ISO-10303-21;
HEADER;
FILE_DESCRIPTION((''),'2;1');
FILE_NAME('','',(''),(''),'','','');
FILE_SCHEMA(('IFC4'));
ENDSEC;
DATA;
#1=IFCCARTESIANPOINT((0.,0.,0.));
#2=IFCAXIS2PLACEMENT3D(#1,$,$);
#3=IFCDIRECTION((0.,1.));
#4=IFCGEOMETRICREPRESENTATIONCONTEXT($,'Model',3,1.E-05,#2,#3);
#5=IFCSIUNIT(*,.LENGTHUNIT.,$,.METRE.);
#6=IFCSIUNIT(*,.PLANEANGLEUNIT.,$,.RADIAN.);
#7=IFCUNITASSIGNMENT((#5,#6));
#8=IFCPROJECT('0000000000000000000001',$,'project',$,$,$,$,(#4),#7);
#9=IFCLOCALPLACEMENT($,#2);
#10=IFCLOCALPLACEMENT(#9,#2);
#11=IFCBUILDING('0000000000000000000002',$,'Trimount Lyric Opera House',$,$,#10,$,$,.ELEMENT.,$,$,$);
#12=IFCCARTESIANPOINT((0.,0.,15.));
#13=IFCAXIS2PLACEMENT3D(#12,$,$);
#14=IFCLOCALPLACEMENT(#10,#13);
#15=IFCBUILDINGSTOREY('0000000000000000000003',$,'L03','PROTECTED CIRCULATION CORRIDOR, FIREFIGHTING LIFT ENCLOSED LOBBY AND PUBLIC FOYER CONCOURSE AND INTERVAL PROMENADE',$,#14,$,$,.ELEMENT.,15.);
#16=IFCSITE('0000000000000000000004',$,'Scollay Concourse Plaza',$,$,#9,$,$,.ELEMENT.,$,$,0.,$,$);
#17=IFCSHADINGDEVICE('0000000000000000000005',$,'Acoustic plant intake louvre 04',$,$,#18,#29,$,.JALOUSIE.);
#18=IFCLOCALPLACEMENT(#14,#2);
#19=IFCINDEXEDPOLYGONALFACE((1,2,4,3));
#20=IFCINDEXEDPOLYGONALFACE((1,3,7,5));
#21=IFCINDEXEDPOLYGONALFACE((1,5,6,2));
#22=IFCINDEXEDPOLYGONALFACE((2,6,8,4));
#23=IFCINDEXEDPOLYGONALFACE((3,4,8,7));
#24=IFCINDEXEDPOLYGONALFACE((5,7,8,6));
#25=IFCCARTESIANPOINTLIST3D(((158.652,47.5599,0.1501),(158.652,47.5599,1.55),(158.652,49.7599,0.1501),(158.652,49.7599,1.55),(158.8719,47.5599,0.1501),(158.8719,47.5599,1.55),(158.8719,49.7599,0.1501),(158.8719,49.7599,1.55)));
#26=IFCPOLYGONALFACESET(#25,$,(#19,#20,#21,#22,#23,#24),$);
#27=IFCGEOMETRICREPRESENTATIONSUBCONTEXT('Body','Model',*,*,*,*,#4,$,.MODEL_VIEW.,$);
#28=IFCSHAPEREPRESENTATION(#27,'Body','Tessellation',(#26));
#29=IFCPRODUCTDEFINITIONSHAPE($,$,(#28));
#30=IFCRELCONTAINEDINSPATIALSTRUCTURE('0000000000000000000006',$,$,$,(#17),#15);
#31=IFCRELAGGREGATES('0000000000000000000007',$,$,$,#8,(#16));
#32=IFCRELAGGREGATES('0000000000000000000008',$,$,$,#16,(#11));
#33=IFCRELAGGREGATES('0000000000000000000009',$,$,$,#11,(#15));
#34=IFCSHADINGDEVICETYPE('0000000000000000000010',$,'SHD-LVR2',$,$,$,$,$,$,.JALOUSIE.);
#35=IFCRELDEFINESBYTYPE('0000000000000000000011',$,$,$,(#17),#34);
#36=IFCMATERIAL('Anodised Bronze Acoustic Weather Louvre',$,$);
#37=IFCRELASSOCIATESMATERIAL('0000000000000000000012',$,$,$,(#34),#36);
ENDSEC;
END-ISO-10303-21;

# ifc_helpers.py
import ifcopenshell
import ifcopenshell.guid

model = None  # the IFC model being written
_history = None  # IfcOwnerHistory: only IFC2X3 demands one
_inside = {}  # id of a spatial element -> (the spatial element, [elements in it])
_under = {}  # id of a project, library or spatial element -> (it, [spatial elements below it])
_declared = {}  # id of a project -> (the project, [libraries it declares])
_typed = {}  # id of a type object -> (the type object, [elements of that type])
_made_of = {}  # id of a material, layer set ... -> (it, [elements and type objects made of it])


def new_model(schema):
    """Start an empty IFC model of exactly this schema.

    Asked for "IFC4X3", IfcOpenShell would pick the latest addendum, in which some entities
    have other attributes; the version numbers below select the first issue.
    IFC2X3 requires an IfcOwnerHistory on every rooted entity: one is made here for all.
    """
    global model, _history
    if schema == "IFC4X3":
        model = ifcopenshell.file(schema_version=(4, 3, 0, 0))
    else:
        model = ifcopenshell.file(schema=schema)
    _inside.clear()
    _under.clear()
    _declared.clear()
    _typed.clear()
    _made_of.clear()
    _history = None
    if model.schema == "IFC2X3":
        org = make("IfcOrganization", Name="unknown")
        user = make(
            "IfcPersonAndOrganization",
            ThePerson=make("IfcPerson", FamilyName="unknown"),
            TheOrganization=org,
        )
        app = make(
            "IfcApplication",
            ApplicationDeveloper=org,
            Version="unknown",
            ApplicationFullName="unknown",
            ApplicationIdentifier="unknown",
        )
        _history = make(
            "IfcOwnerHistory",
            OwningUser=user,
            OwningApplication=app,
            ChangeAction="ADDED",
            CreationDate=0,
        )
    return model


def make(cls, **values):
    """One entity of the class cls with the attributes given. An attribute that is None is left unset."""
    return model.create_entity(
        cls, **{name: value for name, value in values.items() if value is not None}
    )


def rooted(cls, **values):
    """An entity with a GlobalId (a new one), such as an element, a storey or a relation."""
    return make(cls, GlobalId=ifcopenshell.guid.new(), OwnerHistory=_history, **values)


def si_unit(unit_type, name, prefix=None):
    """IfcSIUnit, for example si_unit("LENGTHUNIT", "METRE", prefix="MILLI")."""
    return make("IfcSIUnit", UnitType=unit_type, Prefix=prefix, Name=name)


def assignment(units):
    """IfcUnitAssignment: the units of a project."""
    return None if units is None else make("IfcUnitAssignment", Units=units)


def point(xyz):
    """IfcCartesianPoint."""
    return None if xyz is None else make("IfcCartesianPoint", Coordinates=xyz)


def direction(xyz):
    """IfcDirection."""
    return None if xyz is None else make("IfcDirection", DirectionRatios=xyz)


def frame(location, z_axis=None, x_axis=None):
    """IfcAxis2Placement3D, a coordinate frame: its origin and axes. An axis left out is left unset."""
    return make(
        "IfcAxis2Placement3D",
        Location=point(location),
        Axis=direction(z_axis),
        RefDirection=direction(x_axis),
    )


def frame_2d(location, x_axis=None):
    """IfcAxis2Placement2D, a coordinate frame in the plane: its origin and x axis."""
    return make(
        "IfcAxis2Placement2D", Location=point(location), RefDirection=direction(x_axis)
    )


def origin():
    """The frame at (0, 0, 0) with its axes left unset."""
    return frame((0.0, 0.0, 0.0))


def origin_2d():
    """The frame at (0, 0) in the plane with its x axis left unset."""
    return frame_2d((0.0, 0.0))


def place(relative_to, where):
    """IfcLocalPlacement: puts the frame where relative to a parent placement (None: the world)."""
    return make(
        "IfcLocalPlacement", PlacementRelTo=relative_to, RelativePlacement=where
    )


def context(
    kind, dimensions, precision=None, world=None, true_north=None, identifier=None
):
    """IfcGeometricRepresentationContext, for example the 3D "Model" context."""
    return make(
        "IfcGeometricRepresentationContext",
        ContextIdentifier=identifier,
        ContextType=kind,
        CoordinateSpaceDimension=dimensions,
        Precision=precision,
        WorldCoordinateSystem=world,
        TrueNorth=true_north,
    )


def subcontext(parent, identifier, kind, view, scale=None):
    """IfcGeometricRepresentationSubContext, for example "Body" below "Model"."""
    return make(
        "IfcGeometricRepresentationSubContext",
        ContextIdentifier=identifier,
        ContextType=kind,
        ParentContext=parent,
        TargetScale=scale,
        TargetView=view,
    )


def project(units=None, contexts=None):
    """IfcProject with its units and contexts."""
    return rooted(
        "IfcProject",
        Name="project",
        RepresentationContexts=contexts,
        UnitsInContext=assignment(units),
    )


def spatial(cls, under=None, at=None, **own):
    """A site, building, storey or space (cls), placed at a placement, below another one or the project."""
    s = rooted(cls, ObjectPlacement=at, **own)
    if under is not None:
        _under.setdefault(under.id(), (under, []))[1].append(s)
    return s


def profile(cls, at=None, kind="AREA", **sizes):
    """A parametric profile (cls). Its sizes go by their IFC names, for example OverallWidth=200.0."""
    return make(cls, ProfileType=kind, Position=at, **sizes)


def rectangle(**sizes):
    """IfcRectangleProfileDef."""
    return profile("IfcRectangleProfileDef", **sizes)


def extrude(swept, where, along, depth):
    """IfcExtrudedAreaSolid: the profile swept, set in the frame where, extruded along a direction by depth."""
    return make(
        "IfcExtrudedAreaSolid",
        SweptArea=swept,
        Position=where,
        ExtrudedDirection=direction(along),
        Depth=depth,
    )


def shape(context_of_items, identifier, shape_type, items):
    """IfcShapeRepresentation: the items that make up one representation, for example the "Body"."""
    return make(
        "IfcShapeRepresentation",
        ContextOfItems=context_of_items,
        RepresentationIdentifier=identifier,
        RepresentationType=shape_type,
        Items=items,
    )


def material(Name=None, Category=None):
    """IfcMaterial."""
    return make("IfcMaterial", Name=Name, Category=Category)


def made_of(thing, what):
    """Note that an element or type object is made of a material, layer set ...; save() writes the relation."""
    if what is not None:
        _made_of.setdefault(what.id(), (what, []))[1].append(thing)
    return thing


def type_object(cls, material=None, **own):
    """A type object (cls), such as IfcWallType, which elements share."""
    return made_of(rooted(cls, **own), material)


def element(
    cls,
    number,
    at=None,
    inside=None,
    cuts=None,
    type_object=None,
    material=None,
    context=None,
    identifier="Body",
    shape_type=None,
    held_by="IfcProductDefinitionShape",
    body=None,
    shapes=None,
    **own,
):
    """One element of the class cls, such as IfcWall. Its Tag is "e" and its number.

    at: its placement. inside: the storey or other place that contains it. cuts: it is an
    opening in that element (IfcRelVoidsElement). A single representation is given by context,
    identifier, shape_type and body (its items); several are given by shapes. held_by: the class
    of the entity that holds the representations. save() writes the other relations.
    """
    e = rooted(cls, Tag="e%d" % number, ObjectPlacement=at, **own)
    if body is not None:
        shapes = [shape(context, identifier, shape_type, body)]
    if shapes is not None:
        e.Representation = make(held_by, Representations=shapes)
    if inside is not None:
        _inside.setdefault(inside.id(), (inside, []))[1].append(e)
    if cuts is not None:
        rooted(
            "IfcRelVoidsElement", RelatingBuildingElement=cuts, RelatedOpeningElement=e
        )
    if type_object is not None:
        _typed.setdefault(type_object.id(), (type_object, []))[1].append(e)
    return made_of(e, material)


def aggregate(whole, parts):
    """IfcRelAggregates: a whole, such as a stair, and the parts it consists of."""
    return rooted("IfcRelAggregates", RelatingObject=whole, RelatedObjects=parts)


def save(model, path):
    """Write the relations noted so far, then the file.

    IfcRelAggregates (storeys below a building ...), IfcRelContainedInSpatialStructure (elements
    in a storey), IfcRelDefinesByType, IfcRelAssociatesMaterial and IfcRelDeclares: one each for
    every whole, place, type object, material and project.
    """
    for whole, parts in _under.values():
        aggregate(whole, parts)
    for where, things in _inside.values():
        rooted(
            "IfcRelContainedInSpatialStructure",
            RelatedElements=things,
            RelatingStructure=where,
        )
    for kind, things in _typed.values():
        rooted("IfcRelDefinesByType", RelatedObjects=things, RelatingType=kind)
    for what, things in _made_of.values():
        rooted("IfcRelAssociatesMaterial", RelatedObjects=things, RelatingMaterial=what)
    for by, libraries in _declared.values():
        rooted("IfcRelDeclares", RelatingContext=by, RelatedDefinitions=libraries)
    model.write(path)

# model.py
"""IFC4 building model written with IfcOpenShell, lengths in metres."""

from ifc_helpers import new_model, si_unit, direction, frame, origin, origin_2d, place, context, subcontext, project, spatial, rectangle, extrude, material, type_object, element, save


model = new_model("IFC4")

# Units and contexts
model_context = context("Model", 3, precision=1e-05, world=origin(), true_north=direction((0.0, 1.0)))
body_context = subcontext(model_context, "Body", "Model", "MODEL_VIEW")
ifc_project = project(units=[si_unit("LENGTHUNIT", "METRE"), si_unit("PLANEANGLEUNIT", "RADIAN")], contexts=[model_context])

# Site, building, storey
site_placement = place(None, origin())
site = spatial("IfcSite", under=ifc_project, at=site_placement, Name="Scollay Concourse Plaza", CompositionType="ELEMENT", RefElevation=0.0)
building_placement = place(site_placement, origin())
building = spatial("IfcBuilding", under=site, at=building_placement, Name="Trimount Lyric Opera House", CompositionType="ELEMENT")
storey_placement = place(building_placement, frame((0.0, 0.0, 15.0)))
storey = spatial("IfcBuildingStorey", under=building, at=storey_placement, Name="L03", Description="PROTECTED CIRCULATION CORRIDOR, FIREFIGHTING LIFT ENCLOSED LOBBY AND PUBLIC FOYER CONCOURSE AND INTERVAL PROMENADE", CompositionType="ELEMENT", Elevation=15.0)

# Shading device
ifc_material_1 = material(Name="Anodised Bronze Acoustic Weather Louvre")
shading_device_type_1 = type_object("IfcShadingDeviceType", Name="SHD-LVR2", PredefinedType="JALOUSIE", material=ifc_material_1)
shading_device_1_placement = place(storey_placement, frame((158.762, 48.6599, 0.1501), z_axis=(0.0, 0.0, 1.0), x_axis=(1.0, 0.0, 0.0)))
element("IfcShadingDevice", 1, at=shading_device_1_placement, inside=storey, type_object=shading_device_type_1, Name="Acoustic plant intake louvre 04", PredefinedType="JALOUSIE", context=body_context, shape_type="SweptSolid", body=[
    extrude(rectangle(XDim=0.22, YDim=2.2, at=origin_2d()), origin(), (0.0, 0.0, 1.0), 1.3999),
])

save(model, "model.ifc")
